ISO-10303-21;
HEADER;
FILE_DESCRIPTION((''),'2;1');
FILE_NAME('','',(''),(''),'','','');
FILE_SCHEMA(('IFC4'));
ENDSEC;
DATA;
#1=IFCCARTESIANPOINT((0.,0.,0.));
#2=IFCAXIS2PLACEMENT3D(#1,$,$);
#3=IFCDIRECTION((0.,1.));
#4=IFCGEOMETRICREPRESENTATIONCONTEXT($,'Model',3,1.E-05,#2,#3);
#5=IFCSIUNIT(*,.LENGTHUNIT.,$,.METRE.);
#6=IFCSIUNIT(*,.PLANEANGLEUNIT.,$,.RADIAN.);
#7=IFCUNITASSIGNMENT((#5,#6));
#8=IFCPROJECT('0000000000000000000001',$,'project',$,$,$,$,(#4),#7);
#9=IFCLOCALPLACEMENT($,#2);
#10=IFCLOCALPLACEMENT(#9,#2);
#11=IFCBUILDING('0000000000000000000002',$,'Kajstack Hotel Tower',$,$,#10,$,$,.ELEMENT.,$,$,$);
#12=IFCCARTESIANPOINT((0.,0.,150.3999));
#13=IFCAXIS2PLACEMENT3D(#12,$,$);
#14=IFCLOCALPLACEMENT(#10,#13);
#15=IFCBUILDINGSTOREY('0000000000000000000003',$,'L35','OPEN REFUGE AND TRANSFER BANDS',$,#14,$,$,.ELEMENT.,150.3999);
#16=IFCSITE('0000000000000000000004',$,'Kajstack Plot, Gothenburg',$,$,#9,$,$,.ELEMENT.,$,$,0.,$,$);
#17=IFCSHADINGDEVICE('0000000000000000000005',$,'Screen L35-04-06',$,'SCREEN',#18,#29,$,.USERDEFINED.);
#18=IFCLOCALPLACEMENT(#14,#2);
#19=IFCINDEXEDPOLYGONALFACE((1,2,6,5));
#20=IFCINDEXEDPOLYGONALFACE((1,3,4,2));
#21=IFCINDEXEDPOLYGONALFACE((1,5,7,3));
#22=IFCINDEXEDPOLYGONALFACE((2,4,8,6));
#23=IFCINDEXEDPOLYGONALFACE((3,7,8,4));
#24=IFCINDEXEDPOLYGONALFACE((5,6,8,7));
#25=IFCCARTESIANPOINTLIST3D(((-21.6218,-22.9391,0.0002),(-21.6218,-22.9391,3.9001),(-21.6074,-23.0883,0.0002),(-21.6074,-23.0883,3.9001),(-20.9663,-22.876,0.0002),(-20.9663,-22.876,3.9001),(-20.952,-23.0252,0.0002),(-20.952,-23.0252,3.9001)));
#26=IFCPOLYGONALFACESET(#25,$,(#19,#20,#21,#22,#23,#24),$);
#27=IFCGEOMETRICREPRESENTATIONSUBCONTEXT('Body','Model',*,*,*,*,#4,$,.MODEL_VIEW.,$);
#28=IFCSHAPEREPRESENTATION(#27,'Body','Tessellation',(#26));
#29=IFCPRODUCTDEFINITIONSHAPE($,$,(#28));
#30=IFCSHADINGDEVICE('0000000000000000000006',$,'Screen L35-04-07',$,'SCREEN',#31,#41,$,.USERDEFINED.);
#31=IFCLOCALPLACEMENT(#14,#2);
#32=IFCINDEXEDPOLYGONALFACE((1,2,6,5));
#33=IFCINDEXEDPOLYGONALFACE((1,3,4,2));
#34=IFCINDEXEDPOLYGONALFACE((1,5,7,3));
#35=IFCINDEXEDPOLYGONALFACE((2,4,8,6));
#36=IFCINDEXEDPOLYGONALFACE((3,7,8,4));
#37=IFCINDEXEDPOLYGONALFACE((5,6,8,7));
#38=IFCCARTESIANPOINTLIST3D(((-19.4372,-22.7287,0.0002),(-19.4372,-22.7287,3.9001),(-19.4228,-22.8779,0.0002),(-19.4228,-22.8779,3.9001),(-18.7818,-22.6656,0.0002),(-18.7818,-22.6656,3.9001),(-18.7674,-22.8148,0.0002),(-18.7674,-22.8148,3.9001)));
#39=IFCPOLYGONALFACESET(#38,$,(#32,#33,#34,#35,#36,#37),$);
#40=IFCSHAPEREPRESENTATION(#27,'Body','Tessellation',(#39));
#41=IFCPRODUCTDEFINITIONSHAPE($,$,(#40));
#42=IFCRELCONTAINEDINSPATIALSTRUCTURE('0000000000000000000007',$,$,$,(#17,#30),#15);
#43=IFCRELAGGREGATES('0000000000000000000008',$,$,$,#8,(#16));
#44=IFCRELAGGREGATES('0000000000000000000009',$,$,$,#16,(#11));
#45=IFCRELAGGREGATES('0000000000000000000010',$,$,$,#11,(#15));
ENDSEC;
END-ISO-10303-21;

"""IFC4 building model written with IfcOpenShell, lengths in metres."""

from ifc_helpers import new_model, si_unit, direction, frame, origin, origin_2d, place, context, subcontext, project, spatial, rectangle, extrude, element, save


model = new_model("IFC4")

# Units and contexts
model_context = context("Model", 3, precision=1e-05, world=origin(), true_north=direction((0.0, 1.0)))
body_context = subcontext(model_context, "Body", "Model", "MODEL_VIEW")
ifc_project = project(units=[si_unit("LENGTHUNIT", "METRE"), si_unit("PLANEANGLEUNIT", "RADIAN")], contexts=[model_context])

# Site, building, storey
site_placement = place(None, origin())
site = spatial("IfcSite", under=ifc_project, at=site_placement, Name="Kajstack Plot, Gothenburg", CompositionType="ELEMENT", RefElevation=0.0)
building_placement = place(site_placement, origin())
building = spatial("IfcBuilding", under=site, at=building_placement, Name="Kajstack Hotel Tower", CompositionType="ELEMENT")
storey_placement = place(building_placement, frame((0.0, 0.0, 150.3999)))
storey = spatial("IfcBuildingStorey", under=building, at=storey_placement, Name="L35", Description="OPEN REFUGE AND TRANSFER BANDS", CompositionType="ELEMENT", Elevation=150.3999)

# Shading devices
for number, where, z_axis, x_axis, name in (
    (1, (-21.2869, -22.9822, 0.0002), (0.0, 0.0, 1.0), (0.995396, 0.095846, 0.0), "Screen L35-04-06"),
    (2, (-19.1023, -22.7717, 0.0002), (0.0, 0.0, 1.0), (0.995396, 0.095846, 0.0), "Screen L35-04-07"),
):
    element("IfcShadingDevice", number, at=place(storey_placement, frame(where, z_axis=z_axis, x_axis=x_axis)), inside=storey, Name=name, ObjectType="SCREEN", PredefinedType="USERDEFINED", context=body_context, shape_type="SweptSolid", body=[
        extrude(rectangle(XDim=0.6584, YDim=0.1499, at=origin_2d()), origin(), (0.0, 0.0, 1.0), 3.8999),
    ])

save(model, "model.ifc")
